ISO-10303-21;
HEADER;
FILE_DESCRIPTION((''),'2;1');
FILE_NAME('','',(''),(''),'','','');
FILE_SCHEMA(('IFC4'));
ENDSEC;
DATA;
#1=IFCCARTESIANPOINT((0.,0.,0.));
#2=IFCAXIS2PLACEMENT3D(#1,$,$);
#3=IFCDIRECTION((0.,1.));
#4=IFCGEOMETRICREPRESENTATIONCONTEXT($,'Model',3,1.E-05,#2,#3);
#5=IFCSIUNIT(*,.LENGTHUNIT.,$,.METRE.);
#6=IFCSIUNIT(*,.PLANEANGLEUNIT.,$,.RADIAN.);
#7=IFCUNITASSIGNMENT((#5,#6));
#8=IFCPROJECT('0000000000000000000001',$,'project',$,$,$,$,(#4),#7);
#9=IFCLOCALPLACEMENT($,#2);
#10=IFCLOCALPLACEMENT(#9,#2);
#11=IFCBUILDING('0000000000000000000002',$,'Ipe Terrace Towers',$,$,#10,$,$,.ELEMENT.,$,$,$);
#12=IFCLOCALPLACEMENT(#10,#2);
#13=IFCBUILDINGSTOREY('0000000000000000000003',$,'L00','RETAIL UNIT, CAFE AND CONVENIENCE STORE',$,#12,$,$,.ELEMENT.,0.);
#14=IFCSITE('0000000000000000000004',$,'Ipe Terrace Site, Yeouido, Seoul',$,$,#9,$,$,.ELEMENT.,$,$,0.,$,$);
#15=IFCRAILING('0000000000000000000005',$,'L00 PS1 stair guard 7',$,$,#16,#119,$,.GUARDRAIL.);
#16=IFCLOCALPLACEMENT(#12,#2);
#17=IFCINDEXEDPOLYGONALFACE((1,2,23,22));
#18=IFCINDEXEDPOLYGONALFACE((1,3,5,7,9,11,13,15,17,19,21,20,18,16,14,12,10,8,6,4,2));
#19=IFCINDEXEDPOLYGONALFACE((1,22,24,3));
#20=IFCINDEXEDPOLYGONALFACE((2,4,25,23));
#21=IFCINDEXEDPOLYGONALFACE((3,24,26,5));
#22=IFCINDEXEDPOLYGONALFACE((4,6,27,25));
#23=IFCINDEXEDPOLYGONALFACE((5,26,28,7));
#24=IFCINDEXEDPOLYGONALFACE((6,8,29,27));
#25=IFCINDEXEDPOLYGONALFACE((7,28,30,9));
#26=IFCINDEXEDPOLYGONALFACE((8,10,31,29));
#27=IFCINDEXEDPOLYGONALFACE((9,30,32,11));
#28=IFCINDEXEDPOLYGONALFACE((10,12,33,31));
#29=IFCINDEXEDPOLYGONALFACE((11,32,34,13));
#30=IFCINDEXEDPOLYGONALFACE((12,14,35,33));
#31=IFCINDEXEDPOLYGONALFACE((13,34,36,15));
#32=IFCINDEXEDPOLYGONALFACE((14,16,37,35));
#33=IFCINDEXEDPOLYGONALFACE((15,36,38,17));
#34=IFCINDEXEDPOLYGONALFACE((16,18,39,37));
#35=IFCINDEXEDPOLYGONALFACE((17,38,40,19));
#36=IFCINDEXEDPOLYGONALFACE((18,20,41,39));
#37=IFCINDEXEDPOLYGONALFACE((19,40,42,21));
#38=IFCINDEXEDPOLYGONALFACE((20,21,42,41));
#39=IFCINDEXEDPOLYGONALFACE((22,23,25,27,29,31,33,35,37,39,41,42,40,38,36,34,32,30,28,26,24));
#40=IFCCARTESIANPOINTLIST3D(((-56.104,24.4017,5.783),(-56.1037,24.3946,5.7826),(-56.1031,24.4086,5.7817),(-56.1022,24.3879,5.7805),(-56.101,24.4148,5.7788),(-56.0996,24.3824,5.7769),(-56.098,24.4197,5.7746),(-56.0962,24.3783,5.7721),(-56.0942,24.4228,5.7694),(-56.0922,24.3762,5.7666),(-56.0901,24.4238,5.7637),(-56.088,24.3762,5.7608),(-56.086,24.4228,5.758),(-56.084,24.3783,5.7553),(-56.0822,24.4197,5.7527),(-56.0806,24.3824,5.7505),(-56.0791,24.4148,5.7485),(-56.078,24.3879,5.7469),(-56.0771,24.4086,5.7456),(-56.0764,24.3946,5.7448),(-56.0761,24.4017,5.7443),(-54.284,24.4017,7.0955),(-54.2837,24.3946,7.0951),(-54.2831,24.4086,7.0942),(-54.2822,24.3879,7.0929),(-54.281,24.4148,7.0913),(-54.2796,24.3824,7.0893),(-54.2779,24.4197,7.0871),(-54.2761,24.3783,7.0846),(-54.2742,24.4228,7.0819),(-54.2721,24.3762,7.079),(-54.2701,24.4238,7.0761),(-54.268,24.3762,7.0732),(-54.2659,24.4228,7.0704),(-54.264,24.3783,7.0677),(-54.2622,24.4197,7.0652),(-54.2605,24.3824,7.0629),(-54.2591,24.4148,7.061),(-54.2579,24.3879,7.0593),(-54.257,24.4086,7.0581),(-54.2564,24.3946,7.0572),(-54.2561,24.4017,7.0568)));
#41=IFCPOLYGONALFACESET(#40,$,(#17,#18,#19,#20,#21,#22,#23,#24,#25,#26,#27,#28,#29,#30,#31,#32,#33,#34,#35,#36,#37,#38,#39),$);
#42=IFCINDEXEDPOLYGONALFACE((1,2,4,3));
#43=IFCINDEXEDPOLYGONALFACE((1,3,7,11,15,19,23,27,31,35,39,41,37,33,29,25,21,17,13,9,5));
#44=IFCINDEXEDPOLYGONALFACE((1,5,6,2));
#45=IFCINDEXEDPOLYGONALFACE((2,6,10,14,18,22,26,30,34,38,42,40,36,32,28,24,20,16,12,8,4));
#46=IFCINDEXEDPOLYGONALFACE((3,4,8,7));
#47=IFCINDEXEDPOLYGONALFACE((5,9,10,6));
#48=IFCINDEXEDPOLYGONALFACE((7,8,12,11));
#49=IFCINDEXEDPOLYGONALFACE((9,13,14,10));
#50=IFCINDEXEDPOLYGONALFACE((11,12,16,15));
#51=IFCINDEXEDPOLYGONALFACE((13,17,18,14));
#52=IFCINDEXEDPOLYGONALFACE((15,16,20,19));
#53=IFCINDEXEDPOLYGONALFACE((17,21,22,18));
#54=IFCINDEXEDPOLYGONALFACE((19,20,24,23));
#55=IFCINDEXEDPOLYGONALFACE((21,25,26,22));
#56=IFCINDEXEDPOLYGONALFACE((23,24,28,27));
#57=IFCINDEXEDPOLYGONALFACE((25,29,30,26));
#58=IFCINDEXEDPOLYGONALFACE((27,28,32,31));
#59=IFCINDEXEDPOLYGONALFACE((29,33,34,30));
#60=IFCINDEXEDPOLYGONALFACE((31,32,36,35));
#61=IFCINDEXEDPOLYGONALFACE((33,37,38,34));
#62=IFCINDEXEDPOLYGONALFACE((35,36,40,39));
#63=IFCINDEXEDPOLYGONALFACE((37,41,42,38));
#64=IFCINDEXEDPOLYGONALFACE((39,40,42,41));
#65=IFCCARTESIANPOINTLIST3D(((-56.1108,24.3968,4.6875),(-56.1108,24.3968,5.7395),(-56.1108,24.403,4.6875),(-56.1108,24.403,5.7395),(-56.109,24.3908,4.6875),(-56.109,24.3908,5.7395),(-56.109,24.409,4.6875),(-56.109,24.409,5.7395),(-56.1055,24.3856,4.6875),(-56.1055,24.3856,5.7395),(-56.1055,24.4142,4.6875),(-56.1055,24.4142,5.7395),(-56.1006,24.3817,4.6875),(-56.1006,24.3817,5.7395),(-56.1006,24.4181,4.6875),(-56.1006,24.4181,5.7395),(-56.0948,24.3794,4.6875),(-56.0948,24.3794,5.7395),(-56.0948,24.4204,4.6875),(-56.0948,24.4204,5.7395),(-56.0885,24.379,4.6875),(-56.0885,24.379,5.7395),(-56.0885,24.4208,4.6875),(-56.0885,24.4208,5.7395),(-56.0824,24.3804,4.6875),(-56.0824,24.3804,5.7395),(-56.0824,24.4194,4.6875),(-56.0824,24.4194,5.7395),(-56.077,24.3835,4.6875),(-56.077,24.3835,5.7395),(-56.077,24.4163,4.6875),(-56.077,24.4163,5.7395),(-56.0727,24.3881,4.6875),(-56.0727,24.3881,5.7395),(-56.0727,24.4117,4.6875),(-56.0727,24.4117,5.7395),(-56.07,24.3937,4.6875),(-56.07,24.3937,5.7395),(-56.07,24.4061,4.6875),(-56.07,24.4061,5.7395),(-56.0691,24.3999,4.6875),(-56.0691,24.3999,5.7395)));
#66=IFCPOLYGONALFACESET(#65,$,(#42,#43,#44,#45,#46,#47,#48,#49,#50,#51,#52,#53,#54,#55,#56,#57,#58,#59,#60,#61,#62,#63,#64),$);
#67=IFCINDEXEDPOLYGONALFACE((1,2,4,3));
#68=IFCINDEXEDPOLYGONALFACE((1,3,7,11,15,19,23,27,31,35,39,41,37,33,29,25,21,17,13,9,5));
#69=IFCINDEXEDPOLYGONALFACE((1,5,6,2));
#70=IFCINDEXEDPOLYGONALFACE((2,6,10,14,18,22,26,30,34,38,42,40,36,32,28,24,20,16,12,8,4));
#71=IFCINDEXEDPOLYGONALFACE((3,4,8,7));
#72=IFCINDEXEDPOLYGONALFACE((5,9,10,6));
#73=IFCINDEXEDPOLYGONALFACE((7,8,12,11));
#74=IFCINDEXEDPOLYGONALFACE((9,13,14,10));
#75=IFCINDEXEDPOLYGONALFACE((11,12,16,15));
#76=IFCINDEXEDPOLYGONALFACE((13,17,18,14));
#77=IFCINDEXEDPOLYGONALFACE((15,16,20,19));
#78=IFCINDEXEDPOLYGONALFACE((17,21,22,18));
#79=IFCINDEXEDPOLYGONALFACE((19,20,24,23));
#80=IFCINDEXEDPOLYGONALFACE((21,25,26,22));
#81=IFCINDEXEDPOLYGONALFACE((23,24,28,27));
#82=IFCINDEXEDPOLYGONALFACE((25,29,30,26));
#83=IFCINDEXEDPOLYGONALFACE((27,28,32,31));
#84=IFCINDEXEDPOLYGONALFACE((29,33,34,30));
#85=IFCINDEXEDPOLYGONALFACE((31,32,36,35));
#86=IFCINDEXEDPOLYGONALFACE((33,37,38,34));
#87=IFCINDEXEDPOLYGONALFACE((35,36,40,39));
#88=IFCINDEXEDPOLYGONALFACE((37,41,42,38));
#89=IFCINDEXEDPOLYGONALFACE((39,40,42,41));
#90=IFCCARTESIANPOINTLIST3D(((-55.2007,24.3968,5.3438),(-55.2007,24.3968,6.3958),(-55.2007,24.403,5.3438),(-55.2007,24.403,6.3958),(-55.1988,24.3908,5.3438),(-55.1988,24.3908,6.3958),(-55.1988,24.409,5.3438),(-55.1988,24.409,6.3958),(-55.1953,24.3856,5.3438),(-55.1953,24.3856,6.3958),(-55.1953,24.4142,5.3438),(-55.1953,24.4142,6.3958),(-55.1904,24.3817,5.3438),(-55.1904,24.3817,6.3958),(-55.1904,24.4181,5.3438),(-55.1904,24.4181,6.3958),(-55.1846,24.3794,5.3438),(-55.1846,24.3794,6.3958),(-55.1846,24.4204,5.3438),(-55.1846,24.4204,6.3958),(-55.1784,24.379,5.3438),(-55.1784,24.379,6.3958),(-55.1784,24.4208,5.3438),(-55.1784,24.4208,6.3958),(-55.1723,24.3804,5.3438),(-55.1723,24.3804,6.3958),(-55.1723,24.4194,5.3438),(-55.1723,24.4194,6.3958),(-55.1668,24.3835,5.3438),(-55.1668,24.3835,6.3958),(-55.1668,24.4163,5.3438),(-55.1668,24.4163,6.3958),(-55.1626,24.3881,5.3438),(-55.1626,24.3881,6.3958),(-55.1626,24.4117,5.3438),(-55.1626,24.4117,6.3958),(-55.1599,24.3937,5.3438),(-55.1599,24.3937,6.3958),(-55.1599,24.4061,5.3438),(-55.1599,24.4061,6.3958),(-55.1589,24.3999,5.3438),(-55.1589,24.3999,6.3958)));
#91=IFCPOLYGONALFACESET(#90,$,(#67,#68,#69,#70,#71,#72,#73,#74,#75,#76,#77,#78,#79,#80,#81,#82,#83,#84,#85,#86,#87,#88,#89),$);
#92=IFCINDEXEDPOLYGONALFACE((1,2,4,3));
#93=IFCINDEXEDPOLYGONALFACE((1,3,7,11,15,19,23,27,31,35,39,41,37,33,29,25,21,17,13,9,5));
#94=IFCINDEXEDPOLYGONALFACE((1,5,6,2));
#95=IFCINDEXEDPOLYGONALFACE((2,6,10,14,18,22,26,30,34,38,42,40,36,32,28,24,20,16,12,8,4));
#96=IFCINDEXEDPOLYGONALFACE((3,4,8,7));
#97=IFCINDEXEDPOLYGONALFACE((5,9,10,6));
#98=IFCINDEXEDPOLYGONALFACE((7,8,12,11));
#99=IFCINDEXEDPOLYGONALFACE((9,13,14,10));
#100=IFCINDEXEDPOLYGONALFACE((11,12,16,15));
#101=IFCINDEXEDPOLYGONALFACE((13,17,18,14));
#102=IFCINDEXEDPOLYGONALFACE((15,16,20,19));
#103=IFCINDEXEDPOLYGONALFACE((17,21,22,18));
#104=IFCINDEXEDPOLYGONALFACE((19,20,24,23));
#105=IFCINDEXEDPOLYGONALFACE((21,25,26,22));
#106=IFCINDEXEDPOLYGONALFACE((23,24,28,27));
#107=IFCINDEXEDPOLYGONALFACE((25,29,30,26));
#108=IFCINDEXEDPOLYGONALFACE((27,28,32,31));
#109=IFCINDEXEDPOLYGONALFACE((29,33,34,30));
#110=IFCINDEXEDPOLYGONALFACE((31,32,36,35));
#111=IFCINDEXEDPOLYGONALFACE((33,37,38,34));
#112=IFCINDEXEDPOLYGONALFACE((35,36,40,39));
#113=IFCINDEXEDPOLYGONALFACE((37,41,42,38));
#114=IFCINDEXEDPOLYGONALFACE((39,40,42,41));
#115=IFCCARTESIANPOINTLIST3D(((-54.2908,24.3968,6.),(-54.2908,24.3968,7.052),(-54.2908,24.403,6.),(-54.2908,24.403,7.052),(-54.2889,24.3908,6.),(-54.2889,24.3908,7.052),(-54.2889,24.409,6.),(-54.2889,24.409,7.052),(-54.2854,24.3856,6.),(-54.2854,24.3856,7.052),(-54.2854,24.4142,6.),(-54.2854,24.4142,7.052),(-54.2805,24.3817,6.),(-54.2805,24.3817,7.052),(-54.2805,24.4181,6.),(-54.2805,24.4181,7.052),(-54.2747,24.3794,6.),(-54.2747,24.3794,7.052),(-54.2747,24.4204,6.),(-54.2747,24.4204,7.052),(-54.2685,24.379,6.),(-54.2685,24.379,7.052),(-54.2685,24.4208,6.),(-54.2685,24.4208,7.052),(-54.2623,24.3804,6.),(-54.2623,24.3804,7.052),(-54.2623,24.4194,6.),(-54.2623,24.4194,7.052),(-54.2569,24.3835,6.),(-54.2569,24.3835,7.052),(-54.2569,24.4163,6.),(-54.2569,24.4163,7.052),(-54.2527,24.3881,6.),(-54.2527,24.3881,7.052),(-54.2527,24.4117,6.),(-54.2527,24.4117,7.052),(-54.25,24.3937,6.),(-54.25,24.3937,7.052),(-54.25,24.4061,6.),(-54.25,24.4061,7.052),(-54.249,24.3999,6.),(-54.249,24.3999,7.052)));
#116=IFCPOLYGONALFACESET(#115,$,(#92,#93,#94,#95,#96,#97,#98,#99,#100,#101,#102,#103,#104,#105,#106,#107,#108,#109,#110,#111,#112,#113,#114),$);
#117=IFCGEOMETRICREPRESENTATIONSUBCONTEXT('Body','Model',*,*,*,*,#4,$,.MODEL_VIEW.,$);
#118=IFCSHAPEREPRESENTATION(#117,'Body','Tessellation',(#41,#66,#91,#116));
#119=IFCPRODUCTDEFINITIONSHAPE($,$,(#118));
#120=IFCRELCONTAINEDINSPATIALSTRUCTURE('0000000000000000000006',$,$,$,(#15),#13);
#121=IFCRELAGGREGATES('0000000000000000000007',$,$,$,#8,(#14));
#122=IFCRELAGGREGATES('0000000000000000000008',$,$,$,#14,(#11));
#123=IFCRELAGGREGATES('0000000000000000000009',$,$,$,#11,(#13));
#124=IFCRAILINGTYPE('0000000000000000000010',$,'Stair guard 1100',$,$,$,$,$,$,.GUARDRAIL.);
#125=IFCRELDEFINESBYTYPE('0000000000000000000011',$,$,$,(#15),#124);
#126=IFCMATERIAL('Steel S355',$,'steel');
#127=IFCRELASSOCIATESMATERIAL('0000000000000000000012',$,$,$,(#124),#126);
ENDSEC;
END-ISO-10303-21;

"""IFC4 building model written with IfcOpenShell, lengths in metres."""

from ifc_helpers import new_model, si_unit, direction, frame, origin, origin_2d, place, context, subcontext, project, spatial, circle, extrude, material, type_object, element, save


model = new_model("IFC4")

# Units and contexts
model_context = context("Model", 3, precision=1e-05, world=origin(), true_north=direction((0.0, 1.0)))
body_context = subcontext(model_context, "Body", "Model", "MODEL_VIEW")
ifc_project = project(units=[si_unit("LENGTHUNIT", "METRE"), si_unit("PLANEANGLEUNIT", "RADIAN")], contexts=[model_context])

# Site, building, storey
site_placement = place(None, origin())
site = spatial("IfcSite", under=ifc_project, at=site_placement, Name="Ipe Terrace Site, Yeouido, Seoul", CompositionType="ELEMENT", RefElevation=0.0)
building_placement = place(site_placement, origin())
building = spatial("IfcBuilding", under=site, at=building_placement, Name="Ipe Terrace Towers", CompositionType="ELEMENT")
storey_placement = place(building_placement, origin())
storey = spatial("IfcBuildingStorey", under=building, at=storey_placement, Name="L00", Description="RETAIL UNIT, CAFE AND CONVENIENCE STORE", CompositionType="ELEMENT", Elevation=0.0)

# Railing
ifc_material_1 = material(Name="Steel S355", Category="steel")
railing_type_1 = type_object("IfcRailingType", Name="Stair guard 1100", PredefinedType="GUARDRAIL", material=ifc_material_1)
railing_1_placement = place(storey_placement, frame((-56.0901, 24.3999, 4.6875)))
element("IfcRailing", 1, at=railing_1_placement, inside=storey, type_object=railing_type_1, Name="L00 PS1 stair guard 7", PredefinedType="GUARDRAIL", context=body_context, shape_type="SweptSolid", body=[
    extrude(circle(Radius=0.0239, at=origin_2d()), frame((0.0, 0.0, 1.0762), z_axis=(0.811101, 0.0, 0.584906), x_axis=(0.0, 1.0, 0.0)), (0.0, 0.0, 1.0), 2.2439),
    extrude(circle(Radius=0.021, at=origin_2d()), origin(), (0.0, 0.0, 1.0), 1.052),
    extrude(circle(Radius=0.021, at=origin_2d()), frame((0.9102, 0.0, 0.6562)), (0.0, 0.0, 1.0), 1.052),
    extrude(circle(Radius=0.021, at=origin_2d()), frame((1.8201, 0.0, 1.3125)), (0.0, 0.0, 1.0), 1.052),
])

save(model, "model.ifc")
